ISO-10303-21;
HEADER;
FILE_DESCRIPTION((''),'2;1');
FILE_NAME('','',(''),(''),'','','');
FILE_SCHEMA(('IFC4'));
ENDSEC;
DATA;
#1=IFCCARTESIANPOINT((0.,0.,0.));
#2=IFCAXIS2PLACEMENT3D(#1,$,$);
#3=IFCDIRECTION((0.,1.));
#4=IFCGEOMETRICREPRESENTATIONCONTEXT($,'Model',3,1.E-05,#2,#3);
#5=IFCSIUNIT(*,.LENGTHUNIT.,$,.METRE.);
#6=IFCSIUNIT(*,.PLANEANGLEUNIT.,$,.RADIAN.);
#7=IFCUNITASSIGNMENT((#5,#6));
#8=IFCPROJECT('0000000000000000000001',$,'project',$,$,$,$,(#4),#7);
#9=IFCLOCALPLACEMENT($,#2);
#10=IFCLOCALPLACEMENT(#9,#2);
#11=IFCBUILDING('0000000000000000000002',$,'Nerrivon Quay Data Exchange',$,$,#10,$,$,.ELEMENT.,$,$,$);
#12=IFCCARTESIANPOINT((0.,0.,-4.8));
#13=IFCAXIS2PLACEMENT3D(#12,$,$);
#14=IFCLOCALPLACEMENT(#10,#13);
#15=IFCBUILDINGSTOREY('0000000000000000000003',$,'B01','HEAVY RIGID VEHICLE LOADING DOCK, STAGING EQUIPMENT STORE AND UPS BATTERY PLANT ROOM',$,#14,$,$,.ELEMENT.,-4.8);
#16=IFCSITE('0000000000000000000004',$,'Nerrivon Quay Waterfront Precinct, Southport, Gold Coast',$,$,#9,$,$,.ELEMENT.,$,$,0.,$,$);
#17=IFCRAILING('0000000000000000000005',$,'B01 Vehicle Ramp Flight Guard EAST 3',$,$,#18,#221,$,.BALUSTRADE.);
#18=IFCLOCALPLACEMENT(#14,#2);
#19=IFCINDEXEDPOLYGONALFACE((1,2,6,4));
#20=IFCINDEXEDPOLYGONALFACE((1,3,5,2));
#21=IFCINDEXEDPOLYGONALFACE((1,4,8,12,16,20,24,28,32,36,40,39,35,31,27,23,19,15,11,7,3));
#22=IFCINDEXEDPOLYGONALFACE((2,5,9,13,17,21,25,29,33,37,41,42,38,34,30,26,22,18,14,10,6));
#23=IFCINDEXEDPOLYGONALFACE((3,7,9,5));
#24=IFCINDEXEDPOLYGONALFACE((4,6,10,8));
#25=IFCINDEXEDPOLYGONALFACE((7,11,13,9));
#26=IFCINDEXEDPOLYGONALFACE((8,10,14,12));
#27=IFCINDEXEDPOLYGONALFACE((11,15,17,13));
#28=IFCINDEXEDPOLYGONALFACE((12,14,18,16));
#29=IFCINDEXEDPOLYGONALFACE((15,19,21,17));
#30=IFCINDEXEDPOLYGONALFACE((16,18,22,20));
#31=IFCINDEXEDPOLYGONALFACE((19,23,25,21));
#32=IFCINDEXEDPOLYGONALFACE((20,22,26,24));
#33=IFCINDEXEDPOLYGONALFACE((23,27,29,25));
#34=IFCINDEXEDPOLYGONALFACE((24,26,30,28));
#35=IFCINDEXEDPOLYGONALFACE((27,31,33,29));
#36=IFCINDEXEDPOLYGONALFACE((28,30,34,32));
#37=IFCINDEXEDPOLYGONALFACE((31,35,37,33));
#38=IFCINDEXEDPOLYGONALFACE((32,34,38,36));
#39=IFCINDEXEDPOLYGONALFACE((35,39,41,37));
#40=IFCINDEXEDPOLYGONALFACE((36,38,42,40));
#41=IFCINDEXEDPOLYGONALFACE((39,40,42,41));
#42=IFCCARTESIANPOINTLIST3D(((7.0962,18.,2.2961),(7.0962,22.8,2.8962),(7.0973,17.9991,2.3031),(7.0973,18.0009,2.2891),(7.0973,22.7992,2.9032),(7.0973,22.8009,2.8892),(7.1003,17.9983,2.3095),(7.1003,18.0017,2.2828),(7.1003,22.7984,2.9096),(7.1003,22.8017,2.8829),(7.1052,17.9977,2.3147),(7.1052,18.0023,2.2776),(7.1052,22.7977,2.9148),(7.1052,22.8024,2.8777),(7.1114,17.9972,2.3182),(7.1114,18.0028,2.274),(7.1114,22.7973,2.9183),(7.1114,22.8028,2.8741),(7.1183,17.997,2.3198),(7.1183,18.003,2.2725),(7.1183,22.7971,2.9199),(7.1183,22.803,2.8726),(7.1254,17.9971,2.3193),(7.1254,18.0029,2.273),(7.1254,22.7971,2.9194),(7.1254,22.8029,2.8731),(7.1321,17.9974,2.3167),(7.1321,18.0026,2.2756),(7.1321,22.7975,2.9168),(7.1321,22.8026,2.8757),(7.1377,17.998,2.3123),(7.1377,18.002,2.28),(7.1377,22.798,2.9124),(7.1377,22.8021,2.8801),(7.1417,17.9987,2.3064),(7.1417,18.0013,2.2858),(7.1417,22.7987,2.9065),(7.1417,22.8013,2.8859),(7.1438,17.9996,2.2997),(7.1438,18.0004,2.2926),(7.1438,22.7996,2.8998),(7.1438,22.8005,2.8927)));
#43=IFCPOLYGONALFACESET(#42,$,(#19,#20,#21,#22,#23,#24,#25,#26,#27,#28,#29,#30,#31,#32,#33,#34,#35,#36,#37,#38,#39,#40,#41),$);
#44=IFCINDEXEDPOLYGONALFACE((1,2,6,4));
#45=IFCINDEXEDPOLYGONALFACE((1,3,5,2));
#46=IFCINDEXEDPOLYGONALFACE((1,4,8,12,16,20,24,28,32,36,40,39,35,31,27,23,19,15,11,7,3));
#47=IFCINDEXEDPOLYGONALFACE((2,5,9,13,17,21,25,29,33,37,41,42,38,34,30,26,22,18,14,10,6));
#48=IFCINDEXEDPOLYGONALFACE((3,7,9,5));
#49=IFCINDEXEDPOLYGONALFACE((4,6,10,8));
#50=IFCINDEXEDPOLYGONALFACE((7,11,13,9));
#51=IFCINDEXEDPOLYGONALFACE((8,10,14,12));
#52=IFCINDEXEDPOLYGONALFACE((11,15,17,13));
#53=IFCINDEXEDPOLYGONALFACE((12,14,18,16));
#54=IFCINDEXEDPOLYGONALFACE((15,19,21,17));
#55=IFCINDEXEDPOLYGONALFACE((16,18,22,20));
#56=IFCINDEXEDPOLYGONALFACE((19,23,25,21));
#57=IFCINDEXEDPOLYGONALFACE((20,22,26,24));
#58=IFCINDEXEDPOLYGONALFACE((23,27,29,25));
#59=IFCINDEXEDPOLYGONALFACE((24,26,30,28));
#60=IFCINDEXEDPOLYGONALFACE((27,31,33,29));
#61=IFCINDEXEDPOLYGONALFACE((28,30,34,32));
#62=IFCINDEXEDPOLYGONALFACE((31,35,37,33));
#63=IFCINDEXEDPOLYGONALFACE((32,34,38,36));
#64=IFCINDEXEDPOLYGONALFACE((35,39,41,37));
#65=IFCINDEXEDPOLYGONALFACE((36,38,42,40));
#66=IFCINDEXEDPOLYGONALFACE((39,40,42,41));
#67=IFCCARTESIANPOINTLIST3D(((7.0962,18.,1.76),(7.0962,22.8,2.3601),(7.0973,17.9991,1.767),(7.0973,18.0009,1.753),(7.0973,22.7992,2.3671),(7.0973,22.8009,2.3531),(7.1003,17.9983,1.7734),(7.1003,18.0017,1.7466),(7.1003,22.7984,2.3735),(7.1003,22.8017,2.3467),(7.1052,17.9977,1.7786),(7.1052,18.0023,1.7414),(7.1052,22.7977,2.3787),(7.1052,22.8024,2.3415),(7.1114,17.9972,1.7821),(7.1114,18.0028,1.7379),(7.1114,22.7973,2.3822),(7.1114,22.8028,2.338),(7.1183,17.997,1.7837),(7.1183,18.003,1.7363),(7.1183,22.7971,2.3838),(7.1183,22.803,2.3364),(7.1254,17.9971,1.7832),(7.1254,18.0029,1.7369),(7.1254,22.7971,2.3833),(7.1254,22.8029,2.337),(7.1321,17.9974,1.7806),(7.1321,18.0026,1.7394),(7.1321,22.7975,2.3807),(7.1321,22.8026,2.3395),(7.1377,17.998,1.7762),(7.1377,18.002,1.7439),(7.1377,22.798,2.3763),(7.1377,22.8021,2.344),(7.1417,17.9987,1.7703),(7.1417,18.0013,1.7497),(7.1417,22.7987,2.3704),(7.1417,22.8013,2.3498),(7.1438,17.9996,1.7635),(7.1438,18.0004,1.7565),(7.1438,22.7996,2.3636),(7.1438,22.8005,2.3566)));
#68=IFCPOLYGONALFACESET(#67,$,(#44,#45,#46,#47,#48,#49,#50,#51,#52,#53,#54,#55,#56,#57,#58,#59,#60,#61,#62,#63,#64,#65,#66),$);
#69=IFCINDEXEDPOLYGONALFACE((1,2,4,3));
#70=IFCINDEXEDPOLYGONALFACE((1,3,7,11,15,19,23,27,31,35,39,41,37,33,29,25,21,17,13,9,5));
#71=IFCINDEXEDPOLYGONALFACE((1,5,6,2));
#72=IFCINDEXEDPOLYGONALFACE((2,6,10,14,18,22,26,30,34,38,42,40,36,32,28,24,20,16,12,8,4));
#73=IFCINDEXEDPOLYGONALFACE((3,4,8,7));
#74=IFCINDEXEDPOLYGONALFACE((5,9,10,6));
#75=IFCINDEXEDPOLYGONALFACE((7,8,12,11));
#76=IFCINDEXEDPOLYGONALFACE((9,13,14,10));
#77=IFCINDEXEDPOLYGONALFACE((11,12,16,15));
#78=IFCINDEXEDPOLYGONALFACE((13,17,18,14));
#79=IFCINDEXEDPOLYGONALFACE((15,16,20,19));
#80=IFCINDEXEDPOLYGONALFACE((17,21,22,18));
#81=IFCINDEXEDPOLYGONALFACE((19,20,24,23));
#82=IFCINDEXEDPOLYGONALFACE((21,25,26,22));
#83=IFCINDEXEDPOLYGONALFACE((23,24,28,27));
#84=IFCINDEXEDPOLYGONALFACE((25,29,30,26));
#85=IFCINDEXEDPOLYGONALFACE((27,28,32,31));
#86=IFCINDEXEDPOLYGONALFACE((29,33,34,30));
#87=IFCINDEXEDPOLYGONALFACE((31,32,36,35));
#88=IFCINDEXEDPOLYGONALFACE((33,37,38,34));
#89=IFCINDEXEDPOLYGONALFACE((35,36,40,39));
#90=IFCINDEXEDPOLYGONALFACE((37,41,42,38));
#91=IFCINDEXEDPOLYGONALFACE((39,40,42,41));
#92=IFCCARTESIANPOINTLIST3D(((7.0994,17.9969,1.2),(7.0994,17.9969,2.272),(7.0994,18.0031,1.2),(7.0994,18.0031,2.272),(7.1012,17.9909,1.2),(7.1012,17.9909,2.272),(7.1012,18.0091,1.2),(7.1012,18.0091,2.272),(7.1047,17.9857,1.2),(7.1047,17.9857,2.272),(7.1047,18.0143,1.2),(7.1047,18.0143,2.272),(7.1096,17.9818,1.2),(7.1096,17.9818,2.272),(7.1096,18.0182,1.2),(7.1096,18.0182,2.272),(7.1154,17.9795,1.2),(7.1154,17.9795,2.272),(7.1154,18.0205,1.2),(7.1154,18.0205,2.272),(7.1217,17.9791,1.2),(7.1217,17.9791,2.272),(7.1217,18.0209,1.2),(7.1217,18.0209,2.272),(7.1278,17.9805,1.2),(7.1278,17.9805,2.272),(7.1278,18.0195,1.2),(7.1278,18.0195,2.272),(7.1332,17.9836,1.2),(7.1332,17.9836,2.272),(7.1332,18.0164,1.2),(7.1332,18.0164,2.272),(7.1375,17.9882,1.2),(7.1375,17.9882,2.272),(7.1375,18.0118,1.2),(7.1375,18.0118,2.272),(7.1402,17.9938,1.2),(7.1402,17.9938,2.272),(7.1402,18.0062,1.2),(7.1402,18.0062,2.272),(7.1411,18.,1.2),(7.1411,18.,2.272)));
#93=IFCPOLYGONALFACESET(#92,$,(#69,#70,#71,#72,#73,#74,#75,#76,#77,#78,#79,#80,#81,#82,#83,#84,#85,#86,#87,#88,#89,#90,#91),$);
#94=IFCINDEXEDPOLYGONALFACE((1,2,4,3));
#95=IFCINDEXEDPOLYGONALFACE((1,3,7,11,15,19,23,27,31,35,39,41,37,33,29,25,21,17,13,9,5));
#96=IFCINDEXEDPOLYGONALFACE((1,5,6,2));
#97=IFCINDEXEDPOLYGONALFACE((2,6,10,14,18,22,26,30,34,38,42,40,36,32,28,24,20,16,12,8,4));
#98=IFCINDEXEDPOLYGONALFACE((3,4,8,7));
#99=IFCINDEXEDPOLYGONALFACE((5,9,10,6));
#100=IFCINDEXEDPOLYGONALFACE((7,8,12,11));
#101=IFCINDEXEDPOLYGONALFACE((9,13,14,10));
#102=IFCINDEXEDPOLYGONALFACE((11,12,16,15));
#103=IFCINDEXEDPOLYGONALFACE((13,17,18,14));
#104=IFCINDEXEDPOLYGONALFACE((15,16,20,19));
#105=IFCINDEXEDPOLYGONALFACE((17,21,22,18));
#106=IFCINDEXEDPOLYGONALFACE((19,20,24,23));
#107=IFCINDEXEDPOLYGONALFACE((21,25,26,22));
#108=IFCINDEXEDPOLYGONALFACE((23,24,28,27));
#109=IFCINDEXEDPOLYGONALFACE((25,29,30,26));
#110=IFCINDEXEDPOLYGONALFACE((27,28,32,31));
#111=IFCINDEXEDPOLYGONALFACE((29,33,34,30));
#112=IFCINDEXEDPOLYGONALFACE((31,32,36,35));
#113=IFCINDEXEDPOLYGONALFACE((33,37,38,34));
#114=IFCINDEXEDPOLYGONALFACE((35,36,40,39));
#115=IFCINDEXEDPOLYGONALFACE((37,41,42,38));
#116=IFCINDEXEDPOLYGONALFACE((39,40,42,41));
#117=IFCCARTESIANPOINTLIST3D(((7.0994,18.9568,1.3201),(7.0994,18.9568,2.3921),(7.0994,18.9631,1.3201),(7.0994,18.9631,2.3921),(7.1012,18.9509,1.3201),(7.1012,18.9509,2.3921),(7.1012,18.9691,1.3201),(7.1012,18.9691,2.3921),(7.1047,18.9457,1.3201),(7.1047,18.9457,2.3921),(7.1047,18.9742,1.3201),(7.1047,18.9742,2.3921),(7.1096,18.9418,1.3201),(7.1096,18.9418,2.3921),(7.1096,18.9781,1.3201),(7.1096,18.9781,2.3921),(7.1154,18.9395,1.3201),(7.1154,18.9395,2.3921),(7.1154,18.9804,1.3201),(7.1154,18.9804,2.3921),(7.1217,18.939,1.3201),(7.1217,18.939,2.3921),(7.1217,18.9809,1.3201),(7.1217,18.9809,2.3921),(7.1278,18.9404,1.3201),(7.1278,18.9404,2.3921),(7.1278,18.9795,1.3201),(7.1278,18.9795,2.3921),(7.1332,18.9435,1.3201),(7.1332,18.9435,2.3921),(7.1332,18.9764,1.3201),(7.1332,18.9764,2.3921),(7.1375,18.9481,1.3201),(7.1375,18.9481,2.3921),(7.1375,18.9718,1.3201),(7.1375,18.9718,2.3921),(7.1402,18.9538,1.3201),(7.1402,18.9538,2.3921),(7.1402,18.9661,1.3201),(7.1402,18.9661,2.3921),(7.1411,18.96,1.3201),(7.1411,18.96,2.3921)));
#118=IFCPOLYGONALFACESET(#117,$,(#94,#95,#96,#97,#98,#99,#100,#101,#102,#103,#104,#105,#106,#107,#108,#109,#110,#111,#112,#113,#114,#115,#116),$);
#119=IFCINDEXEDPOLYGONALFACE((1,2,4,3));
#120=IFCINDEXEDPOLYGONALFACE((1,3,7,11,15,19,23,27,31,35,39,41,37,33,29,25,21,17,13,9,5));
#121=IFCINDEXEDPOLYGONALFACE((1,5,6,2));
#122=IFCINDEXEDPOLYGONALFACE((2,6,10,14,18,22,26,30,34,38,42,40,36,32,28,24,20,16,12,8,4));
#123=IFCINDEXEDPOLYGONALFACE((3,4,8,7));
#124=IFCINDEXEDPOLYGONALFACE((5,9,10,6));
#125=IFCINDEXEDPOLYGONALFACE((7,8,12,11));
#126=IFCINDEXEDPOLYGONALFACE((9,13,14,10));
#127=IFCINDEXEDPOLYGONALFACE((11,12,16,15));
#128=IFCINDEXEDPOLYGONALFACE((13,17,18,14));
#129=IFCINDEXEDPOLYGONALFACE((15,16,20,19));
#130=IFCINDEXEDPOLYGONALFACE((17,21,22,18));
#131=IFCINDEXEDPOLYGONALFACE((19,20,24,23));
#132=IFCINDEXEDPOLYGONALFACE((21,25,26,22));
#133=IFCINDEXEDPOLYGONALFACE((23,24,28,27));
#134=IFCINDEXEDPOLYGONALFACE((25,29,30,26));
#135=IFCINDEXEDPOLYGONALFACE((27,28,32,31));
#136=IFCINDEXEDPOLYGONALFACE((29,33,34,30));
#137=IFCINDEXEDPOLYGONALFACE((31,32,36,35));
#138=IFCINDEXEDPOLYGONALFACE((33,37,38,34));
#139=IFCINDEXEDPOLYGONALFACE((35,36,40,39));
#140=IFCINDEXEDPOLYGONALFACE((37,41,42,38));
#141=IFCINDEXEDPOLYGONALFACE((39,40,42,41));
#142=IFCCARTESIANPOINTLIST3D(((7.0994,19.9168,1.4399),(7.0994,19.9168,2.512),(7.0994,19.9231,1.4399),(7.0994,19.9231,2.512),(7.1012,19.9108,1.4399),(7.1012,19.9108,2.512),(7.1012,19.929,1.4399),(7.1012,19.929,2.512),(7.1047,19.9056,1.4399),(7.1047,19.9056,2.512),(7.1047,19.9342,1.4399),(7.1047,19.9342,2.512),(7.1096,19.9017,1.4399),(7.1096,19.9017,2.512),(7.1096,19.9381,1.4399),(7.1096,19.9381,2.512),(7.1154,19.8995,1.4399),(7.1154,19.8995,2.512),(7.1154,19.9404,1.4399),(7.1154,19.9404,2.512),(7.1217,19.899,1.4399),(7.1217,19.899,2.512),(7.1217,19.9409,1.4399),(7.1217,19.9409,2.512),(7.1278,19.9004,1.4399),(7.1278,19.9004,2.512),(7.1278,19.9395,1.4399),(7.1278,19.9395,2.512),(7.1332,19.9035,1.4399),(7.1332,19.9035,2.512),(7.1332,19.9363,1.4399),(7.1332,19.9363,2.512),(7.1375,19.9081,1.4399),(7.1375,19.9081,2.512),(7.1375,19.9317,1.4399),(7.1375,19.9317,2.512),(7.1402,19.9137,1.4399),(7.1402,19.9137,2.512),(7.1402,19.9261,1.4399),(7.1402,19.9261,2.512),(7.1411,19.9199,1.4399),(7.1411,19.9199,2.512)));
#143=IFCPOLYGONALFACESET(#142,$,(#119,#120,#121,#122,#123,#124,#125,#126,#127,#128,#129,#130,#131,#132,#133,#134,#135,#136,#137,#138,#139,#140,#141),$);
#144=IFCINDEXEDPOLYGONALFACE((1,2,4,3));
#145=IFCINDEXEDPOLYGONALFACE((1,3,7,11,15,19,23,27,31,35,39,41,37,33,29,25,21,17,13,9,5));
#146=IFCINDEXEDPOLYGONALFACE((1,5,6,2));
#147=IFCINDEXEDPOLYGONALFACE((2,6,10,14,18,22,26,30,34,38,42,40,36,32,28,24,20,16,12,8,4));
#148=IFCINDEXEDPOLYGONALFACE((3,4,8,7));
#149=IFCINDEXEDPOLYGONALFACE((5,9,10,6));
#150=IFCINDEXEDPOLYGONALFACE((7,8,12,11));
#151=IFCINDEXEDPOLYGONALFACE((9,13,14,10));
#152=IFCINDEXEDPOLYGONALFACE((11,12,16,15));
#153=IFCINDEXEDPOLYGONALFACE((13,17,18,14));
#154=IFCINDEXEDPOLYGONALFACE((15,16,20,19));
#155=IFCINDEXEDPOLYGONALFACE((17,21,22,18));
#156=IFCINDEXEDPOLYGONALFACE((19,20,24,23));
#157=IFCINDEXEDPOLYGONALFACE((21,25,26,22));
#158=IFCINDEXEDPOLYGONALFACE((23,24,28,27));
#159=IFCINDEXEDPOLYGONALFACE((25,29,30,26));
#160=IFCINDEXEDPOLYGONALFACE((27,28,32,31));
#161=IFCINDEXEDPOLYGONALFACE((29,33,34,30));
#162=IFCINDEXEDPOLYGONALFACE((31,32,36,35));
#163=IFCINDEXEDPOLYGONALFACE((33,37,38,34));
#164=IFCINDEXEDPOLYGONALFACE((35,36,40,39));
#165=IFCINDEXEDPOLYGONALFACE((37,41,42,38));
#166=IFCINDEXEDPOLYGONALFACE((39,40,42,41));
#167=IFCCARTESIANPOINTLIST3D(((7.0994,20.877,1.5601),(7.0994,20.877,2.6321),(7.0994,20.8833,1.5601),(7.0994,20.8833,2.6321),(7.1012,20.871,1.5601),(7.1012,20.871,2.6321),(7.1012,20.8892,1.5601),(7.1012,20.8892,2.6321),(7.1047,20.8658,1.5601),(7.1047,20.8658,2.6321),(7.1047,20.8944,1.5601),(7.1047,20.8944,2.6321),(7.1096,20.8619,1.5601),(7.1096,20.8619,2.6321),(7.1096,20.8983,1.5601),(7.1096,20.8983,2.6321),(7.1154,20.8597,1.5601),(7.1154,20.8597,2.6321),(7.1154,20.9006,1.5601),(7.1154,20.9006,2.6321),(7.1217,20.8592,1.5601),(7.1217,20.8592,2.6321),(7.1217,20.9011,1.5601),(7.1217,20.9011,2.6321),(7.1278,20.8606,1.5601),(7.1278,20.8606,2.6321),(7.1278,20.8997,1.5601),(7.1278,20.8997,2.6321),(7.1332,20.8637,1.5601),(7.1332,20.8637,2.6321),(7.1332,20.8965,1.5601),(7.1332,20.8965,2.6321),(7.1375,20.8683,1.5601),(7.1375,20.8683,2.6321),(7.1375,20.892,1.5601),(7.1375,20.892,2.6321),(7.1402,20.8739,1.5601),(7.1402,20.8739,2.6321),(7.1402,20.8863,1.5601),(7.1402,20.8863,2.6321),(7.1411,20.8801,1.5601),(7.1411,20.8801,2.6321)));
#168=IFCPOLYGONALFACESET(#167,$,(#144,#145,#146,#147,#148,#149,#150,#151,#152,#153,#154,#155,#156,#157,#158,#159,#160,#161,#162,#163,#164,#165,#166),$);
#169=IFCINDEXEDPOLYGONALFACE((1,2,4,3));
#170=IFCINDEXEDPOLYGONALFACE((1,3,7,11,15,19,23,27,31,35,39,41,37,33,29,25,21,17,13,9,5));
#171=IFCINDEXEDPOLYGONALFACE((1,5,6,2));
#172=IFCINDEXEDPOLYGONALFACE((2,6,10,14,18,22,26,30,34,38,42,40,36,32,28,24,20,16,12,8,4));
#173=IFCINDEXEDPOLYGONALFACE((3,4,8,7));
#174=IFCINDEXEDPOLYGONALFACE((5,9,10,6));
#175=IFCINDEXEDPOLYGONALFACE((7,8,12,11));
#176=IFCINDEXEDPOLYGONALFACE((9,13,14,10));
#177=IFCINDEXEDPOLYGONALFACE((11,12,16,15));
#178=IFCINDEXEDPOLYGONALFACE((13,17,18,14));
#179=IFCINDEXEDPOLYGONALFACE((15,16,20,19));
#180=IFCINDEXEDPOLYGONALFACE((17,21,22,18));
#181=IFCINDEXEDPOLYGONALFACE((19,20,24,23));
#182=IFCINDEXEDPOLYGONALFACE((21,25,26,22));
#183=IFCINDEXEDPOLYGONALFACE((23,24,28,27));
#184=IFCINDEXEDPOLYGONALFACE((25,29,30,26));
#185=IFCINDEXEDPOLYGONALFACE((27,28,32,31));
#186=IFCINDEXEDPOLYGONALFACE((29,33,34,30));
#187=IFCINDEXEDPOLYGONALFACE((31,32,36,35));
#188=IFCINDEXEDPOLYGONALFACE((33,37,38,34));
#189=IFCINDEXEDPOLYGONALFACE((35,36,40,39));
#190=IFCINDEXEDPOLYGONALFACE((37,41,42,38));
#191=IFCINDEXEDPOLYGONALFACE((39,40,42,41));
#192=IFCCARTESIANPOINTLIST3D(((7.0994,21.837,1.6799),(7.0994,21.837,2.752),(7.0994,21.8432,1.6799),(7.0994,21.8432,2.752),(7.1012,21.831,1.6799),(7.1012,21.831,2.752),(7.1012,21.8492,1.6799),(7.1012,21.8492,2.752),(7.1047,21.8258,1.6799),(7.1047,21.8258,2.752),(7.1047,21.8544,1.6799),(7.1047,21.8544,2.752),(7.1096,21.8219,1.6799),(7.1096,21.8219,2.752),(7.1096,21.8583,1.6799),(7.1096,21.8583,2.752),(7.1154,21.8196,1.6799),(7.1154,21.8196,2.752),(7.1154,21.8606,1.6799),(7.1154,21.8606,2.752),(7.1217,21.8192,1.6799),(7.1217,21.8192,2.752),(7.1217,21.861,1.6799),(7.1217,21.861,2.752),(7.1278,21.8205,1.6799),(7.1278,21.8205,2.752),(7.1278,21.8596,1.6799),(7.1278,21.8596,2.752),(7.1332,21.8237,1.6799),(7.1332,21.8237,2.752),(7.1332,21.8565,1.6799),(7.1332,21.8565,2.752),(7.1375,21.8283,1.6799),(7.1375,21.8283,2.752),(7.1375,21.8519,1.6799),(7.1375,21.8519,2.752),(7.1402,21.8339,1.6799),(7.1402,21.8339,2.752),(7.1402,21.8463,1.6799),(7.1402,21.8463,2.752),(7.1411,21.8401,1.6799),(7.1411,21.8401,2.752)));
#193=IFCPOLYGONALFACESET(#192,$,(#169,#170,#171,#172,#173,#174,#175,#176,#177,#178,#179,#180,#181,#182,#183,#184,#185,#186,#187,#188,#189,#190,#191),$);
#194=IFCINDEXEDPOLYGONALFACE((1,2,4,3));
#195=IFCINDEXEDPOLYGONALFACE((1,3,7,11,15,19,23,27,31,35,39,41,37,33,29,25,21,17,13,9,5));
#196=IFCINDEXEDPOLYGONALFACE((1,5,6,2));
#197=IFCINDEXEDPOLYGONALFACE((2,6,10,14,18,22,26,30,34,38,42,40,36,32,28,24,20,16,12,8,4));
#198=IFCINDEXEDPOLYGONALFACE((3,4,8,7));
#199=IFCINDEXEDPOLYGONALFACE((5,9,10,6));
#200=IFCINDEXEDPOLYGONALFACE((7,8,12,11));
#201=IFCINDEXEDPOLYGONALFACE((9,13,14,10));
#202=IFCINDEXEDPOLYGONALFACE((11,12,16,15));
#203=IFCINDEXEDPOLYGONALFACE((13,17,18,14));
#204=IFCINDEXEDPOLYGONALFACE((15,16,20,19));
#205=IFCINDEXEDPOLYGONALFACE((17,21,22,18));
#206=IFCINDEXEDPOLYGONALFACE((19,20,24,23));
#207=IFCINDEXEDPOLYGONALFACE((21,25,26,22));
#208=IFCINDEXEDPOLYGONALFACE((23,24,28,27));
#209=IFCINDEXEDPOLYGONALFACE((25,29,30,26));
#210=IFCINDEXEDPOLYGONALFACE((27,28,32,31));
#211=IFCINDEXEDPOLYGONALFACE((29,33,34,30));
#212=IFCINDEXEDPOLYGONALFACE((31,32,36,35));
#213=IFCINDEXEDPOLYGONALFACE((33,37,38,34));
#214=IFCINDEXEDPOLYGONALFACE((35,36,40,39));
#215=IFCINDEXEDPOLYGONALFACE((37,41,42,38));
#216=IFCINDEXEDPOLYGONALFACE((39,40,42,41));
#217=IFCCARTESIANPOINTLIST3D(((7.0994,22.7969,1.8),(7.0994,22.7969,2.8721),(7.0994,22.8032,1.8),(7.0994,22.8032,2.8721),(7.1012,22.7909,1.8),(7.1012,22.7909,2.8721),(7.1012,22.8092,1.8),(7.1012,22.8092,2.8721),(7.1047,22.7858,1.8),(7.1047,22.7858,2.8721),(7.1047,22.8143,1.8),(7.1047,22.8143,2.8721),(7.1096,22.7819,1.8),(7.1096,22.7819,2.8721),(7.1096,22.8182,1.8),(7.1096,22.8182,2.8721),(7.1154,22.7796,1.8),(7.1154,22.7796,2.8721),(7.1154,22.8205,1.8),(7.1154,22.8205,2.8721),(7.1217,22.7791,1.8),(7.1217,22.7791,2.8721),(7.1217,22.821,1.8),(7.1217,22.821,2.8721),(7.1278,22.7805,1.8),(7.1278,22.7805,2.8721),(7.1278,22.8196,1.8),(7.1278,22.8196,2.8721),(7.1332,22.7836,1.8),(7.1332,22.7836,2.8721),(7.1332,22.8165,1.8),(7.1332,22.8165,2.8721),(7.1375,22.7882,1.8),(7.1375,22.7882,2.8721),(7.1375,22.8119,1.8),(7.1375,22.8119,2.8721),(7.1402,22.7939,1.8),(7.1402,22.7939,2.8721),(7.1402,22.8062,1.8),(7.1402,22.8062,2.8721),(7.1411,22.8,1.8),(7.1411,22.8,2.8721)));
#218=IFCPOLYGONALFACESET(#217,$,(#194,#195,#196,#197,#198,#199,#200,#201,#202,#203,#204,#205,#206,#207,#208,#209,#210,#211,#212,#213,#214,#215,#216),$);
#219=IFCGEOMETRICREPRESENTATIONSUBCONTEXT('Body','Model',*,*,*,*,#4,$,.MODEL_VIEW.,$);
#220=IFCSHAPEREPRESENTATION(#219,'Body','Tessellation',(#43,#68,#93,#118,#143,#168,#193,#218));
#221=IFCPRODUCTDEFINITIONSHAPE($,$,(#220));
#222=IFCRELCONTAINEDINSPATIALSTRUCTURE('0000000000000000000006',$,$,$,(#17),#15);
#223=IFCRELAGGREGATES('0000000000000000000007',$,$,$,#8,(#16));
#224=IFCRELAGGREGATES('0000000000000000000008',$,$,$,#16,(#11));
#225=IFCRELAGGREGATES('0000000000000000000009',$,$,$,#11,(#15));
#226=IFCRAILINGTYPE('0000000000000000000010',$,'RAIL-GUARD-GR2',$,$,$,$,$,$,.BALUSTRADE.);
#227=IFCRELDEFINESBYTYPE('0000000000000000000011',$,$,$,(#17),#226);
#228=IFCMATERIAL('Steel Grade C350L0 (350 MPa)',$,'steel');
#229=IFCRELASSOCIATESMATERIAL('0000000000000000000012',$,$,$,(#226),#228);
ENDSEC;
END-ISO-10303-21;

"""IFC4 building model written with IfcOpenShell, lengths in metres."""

from ifc_helpers import new_model, si_unit, direction, frame, origin, origin_2d, place, context, subcontext, project, spatial, circle, extrude, material, type_object, element, save


model = new_model("IFC4")

# Units and contexts
model_context = context("Model", 3, precision=1e-05, world=origin(), true_north=direction((0.0, 1.0)))
body_context = subcontext(model_context, "Body", "Model", "MODEL_VIEW")
ifc_project = project(units=[si_unit("LENGTHUNIT", "METRE"), si_unit("PLANEANGLEUNIT", "RADIAN")], contexts=[model_context])

# Site, building, storey
site_placement = place(None, origin())
site = spatial("IfcSite", under=ifc_project, at=site_placement, Name="Nerrivon Quay Waterfront Precinct, Southport, Gold Coast", CompositionType="ELEMENT", RefElevation=0.0)
building_placement = place(site_placement, origin())
building = spatial("IfcBuilding", under=site, at=building_placement, Name="Nerrivon Quay Data Exchange", CompositionType="ELEMENT")
storey_placement = place(building_placement, frame((0.0, 0.0, -4.8)))
storey = spatial("IfcBuildingStorey", under=building, at=storey_placement, Name="B01", Description="HEAVY RIGID VEHICLE LOADING DOCK, STAGING EQUIPMENT STORE AND UPS BATTERY PLANT ROOM", CompositionType="ELEMENT", Elevation=-4.8)

# Railing
ifc_material_1 = material(Name="Steel Grade C350L0 (350 MPa)", Category="steel")
railing_type = type_object("IfcRailingType", Name="RAIL-GUARD-GR2", PredefinedType="BALUSTRADE", material=ifc_material_1)
railing_1_placement = place(storey_placement, frame((7.1201, 18.0, 1.2)))
element("IfcRailing", 1, at=railing_1_placement, inside=storey, type_object=railing_type, Name="B01 Vehicle Ramp Flight Guard EAST 3", PredefinedType="BALUSTRADE", context=body_context, shape_type="SweptSolid", body=[
    extrude(circle(Radius=0.0239, at=origin_2d()), frame((0.0, 0.0, 1.0962), z_axis=(0.0, 0.992276, 0.124053), x_axis=(-1.0, 0.0, 0.0)), (0.0, 0.0, 1.0), 4.8374),
    extrude(circle(Radius=0.0239, at=origin_2d()), frame((0.0, 0.0, 0.5601), z_axis=(0.0, 0.992276, 0.124053), x_axis=(-1.0, 0.0, 0.0)), (0.0, 0.0, 1.0), 4.8374),
    extrude(circle(Radius=0.021, at=origin_2d()), origin(), (0.0, 0.0, 1.0), 1.072),
    extrude(circle(Radius=0.021, at=origin_2d()), frame((0.0, 0.96, 0.1201)), (0.0, 0.0, 1.0), 1.072),
    extrude(circle(Radius=0.021, at=origin_2d()), frame((0.0, 1.9199, 0.24)), (0.0, 0.0, 1.0), 1.072),
    extrude(circle(Radius=0.021, at=origin_2d()), frame((0.0, 2.8801, 0.3601)), (0.0, 0.0, 1.0), 1.072),
    extrude(circle(Radius=0.021, at=origin_2d()), frame((0.0, 3.8401, 0.48)), (0.0, 0.0, 1.0), 1.072),
    extrude(circle(Radius=0.021, at=origin_2d()), frame((0.0, 4.8, 0.6001)), (0.0, 0.0, 1.0), 1.072),
])

save(model, "model.ifc")
